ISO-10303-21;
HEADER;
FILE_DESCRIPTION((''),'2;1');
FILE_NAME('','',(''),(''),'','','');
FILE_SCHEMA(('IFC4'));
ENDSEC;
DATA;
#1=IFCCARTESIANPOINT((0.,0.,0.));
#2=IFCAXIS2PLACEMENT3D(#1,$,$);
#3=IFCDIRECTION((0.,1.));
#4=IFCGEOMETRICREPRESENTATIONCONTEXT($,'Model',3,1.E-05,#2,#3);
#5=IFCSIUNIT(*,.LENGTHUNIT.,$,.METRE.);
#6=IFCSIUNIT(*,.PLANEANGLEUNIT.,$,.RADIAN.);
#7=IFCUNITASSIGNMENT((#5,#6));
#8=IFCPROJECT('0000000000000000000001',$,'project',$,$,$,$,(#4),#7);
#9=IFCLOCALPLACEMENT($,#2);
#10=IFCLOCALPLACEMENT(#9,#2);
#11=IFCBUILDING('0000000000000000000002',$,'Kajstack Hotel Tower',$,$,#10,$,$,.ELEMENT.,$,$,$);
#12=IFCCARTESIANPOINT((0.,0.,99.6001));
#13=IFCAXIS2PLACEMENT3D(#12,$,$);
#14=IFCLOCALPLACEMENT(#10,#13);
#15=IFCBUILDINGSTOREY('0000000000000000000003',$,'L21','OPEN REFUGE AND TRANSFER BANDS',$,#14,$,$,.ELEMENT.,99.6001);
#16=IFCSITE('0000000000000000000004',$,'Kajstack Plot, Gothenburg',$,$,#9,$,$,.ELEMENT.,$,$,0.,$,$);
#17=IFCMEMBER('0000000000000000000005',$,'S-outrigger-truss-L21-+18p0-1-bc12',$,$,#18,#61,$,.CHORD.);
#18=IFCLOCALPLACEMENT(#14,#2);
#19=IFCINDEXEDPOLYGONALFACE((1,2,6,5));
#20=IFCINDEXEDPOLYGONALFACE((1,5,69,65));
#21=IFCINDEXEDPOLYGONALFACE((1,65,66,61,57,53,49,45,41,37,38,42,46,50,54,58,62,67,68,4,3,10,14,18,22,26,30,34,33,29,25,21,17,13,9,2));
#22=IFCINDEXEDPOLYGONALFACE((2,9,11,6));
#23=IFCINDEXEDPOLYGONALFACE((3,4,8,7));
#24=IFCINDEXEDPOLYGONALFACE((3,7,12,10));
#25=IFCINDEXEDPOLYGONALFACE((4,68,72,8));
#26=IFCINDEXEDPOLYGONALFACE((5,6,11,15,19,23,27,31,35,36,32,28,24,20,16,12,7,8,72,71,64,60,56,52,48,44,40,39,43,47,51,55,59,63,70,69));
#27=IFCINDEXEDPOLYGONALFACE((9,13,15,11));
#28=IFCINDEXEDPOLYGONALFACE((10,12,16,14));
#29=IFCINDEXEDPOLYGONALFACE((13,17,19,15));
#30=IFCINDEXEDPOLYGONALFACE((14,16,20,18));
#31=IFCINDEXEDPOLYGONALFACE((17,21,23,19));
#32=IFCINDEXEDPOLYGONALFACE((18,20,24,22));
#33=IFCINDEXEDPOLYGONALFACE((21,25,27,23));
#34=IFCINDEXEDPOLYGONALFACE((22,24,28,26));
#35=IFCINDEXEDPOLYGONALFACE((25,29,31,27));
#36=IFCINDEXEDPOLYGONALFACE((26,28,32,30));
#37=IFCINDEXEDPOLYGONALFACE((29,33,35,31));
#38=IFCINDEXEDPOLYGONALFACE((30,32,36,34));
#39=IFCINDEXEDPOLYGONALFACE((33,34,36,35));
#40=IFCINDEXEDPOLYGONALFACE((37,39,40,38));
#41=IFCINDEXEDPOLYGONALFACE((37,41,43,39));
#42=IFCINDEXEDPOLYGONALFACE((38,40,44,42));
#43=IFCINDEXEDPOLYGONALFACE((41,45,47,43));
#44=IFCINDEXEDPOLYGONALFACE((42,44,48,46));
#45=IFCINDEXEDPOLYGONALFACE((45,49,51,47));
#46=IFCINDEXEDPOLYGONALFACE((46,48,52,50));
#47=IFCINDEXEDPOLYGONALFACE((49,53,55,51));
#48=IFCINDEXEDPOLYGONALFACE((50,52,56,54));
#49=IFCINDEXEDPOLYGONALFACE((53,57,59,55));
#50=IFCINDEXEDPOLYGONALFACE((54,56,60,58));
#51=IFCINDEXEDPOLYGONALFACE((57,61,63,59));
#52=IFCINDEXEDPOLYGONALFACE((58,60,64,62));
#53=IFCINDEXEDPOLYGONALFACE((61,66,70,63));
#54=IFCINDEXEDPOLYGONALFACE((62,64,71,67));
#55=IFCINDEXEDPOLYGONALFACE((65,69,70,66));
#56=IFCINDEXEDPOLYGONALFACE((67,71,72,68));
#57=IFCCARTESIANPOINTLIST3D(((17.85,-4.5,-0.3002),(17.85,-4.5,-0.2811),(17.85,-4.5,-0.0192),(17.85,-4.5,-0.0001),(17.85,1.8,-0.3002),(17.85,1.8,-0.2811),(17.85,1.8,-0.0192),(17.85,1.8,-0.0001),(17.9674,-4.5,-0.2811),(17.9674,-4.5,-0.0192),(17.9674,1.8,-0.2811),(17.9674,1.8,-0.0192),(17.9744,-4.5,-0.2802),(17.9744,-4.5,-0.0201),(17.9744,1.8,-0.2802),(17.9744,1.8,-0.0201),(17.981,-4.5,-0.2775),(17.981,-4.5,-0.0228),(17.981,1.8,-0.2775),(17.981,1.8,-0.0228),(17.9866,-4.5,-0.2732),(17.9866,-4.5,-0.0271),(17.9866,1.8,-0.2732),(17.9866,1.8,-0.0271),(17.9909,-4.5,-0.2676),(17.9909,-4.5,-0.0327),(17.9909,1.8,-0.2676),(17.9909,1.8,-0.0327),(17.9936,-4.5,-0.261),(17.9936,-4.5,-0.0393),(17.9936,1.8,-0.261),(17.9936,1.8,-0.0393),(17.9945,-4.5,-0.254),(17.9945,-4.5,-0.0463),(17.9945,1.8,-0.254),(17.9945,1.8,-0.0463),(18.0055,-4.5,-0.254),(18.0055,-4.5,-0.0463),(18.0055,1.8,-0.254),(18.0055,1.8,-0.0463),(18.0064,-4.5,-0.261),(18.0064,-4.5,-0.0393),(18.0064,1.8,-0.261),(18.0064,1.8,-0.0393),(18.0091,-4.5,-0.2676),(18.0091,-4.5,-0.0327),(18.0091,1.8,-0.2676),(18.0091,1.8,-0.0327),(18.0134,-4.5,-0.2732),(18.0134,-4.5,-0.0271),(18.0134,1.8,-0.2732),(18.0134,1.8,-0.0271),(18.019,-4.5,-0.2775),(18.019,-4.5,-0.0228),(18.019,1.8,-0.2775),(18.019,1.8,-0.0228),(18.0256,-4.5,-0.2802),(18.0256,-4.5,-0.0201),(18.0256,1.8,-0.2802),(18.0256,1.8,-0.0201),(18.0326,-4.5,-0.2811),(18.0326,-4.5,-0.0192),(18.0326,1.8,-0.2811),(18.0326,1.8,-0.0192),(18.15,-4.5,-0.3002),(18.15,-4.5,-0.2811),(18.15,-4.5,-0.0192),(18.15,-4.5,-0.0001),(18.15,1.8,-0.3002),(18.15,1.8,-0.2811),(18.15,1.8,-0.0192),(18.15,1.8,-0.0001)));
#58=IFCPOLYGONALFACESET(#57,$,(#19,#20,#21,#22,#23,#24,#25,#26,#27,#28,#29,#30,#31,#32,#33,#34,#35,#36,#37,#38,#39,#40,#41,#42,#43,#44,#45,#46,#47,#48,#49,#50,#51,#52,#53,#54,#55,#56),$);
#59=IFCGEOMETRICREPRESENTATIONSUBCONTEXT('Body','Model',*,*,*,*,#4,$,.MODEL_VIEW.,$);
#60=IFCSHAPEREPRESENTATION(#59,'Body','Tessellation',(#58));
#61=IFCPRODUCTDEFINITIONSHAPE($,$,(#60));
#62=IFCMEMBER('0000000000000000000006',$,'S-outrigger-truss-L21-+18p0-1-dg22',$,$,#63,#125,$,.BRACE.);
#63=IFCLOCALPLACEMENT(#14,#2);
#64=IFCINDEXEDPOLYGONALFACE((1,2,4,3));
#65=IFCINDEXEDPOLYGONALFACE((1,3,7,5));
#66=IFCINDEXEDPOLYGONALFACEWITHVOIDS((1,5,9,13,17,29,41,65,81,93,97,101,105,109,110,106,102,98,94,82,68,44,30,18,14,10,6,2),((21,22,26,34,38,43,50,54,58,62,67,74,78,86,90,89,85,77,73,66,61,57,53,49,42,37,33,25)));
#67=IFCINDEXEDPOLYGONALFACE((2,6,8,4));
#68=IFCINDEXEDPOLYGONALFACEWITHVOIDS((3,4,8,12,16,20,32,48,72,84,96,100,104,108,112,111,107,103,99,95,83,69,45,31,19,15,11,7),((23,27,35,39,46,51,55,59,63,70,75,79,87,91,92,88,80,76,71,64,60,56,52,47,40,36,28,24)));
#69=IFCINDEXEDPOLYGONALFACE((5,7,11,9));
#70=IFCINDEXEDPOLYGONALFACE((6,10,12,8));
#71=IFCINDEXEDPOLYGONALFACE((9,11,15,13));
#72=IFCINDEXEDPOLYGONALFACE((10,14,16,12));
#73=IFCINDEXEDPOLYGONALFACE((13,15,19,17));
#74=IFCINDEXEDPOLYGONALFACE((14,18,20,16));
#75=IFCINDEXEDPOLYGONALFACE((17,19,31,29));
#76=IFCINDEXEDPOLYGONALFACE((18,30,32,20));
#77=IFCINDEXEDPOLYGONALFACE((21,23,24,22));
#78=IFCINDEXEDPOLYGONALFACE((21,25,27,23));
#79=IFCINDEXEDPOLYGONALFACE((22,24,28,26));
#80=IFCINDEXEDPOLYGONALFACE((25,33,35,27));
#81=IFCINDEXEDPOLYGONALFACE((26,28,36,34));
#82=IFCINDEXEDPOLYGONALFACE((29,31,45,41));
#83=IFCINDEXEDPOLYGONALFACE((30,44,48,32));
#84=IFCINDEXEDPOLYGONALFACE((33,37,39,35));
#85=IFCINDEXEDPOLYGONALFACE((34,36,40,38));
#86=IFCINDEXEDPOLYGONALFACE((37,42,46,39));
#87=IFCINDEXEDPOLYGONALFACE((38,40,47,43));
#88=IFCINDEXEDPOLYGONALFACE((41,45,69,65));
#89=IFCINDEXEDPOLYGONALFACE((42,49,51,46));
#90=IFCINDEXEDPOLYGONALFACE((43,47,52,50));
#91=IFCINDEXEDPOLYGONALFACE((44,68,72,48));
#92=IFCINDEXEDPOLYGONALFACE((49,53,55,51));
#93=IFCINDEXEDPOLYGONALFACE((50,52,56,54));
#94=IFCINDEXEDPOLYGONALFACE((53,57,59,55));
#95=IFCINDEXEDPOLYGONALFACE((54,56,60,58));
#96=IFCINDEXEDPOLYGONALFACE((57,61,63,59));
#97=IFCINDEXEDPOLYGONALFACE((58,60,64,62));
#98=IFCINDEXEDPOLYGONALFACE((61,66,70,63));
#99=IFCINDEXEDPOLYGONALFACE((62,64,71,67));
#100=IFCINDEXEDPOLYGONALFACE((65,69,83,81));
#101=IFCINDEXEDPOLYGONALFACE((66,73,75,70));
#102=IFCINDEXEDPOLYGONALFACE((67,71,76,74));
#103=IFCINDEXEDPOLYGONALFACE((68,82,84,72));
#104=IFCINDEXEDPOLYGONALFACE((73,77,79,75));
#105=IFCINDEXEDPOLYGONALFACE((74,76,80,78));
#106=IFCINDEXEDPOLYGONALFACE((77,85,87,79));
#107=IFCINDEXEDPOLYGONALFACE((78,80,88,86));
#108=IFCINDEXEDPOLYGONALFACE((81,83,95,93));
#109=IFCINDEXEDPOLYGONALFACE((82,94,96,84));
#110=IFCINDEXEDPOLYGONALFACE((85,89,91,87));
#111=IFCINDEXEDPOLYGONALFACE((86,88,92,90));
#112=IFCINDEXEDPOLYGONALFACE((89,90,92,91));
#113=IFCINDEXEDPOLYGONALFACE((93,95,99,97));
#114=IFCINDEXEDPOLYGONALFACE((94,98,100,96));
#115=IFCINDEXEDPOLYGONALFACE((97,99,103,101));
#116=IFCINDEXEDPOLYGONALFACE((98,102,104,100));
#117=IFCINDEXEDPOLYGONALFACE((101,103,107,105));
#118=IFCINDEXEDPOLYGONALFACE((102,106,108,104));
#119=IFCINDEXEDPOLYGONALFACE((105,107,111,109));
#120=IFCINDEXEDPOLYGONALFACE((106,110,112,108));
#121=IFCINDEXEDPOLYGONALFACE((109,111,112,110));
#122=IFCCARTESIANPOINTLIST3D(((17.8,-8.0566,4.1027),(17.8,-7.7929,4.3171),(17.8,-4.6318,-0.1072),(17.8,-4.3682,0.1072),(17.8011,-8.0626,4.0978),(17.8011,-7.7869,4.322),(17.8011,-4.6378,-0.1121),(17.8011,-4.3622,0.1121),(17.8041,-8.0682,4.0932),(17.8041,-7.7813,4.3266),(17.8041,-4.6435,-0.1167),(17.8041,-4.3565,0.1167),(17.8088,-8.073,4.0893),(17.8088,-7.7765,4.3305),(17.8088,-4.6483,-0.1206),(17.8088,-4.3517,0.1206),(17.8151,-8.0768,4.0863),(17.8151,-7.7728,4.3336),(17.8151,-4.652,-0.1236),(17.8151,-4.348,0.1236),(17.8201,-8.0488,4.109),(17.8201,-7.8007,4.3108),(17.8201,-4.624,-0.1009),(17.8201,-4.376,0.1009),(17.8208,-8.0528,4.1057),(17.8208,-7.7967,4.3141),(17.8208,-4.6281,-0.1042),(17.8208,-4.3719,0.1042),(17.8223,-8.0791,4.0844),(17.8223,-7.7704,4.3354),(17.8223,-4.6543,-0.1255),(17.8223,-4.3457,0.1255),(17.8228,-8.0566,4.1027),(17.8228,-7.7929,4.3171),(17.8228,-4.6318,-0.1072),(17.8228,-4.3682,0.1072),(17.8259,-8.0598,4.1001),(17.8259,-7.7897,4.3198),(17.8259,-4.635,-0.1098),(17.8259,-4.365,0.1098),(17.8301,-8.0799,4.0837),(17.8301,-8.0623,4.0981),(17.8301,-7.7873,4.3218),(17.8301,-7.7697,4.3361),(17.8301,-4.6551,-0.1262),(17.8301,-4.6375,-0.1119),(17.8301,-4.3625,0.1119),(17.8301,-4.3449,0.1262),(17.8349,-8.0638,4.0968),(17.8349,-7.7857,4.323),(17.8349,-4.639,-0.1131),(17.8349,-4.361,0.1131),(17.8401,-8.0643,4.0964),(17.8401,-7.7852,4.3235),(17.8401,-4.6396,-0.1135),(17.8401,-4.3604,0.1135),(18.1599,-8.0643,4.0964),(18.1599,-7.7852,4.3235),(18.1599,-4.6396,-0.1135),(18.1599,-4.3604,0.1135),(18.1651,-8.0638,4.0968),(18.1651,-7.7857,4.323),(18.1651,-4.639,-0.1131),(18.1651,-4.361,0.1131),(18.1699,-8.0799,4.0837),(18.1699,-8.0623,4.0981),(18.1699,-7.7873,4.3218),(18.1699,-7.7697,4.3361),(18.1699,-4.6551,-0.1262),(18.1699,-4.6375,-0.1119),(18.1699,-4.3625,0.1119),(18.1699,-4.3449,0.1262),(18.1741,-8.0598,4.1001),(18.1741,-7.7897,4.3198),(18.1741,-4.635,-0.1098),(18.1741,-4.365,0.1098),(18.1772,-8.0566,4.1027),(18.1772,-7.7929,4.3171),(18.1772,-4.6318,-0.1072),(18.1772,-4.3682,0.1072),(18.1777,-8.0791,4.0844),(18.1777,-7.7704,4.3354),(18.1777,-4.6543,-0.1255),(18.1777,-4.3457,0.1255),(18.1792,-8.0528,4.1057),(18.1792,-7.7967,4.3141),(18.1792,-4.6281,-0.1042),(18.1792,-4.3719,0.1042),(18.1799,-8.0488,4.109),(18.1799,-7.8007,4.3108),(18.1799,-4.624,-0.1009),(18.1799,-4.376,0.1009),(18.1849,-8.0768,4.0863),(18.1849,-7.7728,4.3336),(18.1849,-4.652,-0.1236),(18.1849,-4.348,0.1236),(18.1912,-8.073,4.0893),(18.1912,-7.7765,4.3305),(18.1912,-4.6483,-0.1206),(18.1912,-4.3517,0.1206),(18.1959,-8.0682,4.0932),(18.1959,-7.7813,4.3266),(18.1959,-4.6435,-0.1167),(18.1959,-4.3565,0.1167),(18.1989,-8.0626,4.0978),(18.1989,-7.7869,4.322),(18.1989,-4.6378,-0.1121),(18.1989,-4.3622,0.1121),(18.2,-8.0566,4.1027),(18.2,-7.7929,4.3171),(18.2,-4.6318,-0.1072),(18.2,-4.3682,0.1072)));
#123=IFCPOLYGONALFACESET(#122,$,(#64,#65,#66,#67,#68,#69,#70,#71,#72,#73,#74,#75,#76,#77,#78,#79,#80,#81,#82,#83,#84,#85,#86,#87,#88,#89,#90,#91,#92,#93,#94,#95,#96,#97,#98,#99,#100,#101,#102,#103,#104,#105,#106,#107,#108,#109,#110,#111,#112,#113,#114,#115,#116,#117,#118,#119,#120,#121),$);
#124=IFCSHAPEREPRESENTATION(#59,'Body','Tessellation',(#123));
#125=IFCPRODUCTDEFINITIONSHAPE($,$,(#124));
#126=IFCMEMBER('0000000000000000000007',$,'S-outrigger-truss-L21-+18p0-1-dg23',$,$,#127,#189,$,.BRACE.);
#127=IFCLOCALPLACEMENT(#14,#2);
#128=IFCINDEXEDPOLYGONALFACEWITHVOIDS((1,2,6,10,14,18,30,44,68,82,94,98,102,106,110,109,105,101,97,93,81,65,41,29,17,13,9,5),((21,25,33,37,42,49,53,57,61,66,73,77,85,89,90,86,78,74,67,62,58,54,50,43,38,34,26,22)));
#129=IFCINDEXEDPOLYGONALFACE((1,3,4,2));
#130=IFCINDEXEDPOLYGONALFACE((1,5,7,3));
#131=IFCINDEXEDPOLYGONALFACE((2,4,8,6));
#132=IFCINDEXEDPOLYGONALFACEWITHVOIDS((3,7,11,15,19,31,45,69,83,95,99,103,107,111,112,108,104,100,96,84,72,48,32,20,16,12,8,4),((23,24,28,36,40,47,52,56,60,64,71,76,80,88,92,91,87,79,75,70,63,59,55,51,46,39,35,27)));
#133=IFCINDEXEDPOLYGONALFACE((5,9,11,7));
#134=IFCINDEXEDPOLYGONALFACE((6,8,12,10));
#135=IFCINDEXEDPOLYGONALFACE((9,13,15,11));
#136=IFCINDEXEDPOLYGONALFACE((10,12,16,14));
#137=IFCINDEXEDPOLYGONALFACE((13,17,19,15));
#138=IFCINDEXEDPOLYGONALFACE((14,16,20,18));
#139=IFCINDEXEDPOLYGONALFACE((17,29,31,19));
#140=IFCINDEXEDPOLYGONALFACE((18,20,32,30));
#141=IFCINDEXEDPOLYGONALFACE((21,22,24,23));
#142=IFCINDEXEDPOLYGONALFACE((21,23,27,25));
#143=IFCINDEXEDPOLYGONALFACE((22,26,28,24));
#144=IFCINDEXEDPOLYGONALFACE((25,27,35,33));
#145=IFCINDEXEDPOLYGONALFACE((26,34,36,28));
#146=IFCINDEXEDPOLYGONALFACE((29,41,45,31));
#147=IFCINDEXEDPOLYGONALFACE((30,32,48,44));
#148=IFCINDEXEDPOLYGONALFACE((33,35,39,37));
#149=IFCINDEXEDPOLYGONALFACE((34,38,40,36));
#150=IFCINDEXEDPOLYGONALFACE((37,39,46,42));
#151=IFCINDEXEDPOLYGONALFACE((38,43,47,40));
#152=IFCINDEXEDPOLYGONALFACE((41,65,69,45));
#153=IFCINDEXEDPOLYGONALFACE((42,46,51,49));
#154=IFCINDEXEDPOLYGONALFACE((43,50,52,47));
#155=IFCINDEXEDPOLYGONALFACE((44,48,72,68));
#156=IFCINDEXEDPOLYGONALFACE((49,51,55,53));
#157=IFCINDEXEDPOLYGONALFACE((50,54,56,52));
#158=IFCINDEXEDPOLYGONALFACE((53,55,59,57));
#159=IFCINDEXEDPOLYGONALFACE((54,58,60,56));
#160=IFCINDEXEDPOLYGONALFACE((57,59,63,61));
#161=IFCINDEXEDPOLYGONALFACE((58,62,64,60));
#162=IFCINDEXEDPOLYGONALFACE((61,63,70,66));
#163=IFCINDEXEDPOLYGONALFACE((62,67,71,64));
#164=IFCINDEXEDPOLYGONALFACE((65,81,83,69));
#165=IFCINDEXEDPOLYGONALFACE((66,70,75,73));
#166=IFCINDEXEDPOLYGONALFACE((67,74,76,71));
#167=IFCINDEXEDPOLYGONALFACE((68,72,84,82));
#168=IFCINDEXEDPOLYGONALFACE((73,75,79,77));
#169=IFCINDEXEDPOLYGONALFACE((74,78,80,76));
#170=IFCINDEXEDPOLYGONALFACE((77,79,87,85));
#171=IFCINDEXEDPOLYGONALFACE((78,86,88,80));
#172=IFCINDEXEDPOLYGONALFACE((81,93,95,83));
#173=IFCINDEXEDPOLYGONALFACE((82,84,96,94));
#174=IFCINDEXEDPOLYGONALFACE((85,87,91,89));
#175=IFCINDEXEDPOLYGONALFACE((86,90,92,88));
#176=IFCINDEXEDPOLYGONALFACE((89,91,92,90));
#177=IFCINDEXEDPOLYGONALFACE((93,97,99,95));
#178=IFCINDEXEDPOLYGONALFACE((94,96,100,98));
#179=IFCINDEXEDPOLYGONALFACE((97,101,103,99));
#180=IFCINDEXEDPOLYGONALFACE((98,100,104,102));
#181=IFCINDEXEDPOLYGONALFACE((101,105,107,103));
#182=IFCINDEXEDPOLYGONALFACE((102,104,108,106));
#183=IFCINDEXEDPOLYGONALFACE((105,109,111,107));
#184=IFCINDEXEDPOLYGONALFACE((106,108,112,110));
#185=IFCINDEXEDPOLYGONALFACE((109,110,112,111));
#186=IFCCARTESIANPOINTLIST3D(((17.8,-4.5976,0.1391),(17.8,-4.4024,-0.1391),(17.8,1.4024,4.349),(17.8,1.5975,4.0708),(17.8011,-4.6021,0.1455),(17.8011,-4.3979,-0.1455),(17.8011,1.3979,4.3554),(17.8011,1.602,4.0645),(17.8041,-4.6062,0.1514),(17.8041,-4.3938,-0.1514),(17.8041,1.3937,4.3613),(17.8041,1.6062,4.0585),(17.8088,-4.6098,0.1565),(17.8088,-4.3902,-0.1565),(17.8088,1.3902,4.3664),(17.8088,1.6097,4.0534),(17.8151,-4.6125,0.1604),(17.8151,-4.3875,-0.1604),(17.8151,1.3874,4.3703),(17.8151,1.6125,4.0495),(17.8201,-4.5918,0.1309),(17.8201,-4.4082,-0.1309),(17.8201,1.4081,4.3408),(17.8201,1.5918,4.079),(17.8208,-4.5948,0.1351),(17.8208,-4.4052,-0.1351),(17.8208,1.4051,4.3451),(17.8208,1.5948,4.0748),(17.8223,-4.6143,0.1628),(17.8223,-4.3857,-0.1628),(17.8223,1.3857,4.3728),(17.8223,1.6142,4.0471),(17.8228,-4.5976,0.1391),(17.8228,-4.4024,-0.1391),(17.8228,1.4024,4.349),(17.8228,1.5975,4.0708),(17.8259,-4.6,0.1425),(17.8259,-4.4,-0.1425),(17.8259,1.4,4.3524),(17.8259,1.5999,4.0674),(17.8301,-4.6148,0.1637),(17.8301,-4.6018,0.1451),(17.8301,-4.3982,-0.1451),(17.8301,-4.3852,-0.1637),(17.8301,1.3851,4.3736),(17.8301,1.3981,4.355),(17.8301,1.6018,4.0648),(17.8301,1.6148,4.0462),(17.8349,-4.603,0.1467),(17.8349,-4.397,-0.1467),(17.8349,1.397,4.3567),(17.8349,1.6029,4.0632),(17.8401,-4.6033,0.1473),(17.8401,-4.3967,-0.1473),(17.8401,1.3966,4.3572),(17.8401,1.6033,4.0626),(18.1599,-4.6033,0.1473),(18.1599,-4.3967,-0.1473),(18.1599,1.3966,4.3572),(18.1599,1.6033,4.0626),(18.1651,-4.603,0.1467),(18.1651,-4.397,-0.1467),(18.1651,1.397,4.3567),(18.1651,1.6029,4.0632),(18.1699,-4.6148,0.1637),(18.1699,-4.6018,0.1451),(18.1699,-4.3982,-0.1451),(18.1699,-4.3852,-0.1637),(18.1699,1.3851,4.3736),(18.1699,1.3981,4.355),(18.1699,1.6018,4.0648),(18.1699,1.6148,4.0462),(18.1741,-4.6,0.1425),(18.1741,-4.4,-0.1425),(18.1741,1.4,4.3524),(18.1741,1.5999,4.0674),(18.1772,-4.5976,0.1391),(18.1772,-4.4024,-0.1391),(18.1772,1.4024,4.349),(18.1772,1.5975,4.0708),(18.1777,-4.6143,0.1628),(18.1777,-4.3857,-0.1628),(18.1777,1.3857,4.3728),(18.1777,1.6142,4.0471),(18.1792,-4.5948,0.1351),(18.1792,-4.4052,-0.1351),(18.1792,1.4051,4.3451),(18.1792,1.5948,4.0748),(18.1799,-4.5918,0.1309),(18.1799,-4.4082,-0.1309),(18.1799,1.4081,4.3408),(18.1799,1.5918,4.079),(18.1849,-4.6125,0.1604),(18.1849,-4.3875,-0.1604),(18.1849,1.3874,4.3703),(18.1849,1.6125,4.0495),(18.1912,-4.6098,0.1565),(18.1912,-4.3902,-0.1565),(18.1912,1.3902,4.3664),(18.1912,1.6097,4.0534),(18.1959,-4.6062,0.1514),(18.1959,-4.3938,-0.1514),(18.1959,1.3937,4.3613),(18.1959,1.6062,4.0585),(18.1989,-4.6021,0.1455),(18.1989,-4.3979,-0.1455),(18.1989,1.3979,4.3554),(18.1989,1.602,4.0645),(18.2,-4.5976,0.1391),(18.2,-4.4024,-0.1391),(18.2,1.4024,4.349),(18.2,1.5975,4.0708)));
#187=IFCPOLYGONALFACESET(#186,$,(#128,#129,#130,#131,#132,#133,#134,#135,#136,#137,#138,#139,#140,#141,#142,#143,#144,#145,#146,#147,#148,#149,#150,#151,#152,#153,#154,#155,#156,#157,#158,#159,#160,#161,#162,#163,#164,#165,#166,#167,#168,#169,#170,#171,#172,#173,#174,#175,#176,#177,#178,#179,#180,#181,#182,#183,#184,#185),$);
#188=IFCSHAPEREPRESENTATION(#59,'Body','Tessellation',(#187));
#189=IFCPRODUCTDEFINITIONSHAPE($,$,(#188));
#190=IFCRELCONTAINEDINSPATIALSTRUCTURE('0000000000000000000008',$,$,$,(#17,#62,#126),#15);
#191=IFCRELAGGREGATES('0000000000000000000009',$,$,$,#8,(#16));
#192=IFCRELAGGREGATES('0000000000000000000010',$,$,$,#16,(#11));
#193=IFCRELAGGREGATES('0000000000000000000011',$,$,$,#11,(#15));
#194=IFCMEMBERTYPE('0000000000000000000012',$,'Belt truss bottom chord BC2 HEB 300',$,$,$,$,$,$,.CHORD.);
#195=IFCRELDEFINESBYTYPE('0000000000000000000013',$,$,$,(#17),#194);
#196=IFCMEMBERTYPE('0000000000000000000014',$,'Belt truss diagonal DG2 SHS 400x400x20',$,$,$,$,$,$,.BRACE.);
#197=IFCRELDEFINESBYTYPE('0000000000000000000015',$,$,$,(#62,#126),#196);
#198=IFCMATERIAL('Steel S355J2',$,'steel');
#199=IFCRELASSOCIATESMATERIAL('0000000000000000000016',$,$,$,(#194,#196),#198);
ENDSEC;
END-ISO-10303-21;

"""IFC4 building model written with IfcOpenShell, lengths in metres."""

from ifc_helpers import new_model, si_unit, direction, frame, origin, origin_2d, place, context, subcontext, project, spatial, hollow_rectangle, i_section, extrude, material, material_profile, profile_set, type_object, element, save


model = new_model("IFC4")

# Units and contexts
model_context = context("Model", 3, precision=1e-05, world=origin(), true_north=direction((0.0, 1.0)))
body_context = subcontext(model_context, "Body", "Model", "MODEL_VIEW")
ifc_project = project(units=[si_unit("LENGTHUNIT", "METRE"), si_unit("PLANEANGLEUNIT", "RADIAN")], contexts=[model_context])

# Site, building, storey
site_placement = place(None, origin())
site = spatial("IfcSite", under=ifc_project, at=site_placement, Name="Kajstack Plot, Gothenburg", CompositionType="ELEMENT", RefElevation=0.0)
building_placement = place(site_placement, origin())
building = spatial("IfcBuilding", under=site, at=building_placement, Name="Kajstack Hotel Tower", CompositionType="ELEMENT")
storey_placement = place(building_placement, frame((0.0, 0.0, 99.6001)))
storey = spatial("IfcBuildingStorey", under=building, at=storey_placement, Name="L21", Description="OPEN REFUGE AND TRANSFER BANDS", CompositionType="ELEMENT", Elevation=99.6001)

# Members
ifc_material_1 = material(Name="Steel S355J2", Category="steel")
ifc_material_profile_1 = material_profile(ifc_material_1, i_section(OverallWidth=0.3, OverallDepth=0.3, WebThickness=0.011, FlangeThickness=0.019, FilletRadius=0.0271, at=origin_2d()), Name="HEB 300")
ifc_profile_set_1 = profile_set([ifc_material_profile_1], Name="Steel S355J2")
member_type_1 = type_object("IfcMemberType", Name="Belt truss bottom chord BC2 HEB 300", PredefinedType="CHORD", material=ifc_profile_set_1)
member_1_placement = place(storey_placement, frame((18.0, -4.5, -0.1501), z_axis=(0.0, 1.0, 0.0), x_axis=(-1.0, 0.0, 0.0)))
element("IfcMember", 1, at=member_1_placement, inside=storey, type_object=member_type_1, Name="S-outrigger-truss-L21-+18p0-1-bc12", PredefinedType="CHORD", context=body_context, shape_type="SweptSolid", body=[
    extrude(i_section(OverallWidth=0.3, OverallDepth=0.3, WebThickness=0.011, FlangeThickness=0.019, FilletRadius=0.0271, at=origin_2d()), origin(), (0.0, 0.0, 1.0), 6.3),
])
ifc_material_profile_2 = material_profile(ifc_material_1, hollow_rectangle(XDim=0.3999, YDim=0.3999, WallThickness=0.02, InnerFilletRadius=0.02, OuterFilletRadius=0.03, at=origin_2d()), Name="SHS 400x400x20")
ifc_profile_set_2 = profile_set([ifc_material_profile_2], Name="Steel S355J2")
member_type_2 = type_object("IfcMemberType", Name="Belt truss diagonal DG2 SHS 400x400x20", PredefinedType="BRACE", material=ifc_profile_set_2)
member_2_placement = place(storey_placement, frame((18.0, -4.5, 0.0), z_axis=(0.0, -0.63106, 0.775734), x_axis=(1.0, 0.0, 0.0)))
element("IfcMember", 2, at=member_2_placement, inside=storey, type_object=member_type_2, Name="S-outrigger-truss-L21-+18p0-1-dg22", PredefinedType="BRACE", context=body_context, shape_type="SweptSolid", body=[
    extrude(hollow_rectangle(XDim=0.3999, YDim=0.3999, WallThickness=0.02, InnerFilletRadius=0.02, OuterFilletRadius=0.03, at=origin_2d()), origin(), (0.0, 0.0, 1.0), 5.427),
])
member_3_placement = place(storey_placement, frame((18.0, -4.5, 0.0), z_axis=(0.0, 0.818593, 0.574374), x_axis=(-1.0, 0.0, 0.0)))
element("IfcMember", 3, at=member_3_placement, inside=storey, type_object=member_type_2, Name="S-outrigger-truss-L21-+18p0-1-dg23", PredefinedType="BRACE", context=body_context, shape_type="SweptSolid", body=[
    extrude(hollow_rectangle(XDim=0.3999, YDim=0.3999, WallThickness=0.02, InnerFilletRadius=0.02, OuterFilletRadius=0.03, at=origin_2d()), origin(), (0.0, 0.0, 1.0), 7.3296),
])

save(model, "model.ifc")
